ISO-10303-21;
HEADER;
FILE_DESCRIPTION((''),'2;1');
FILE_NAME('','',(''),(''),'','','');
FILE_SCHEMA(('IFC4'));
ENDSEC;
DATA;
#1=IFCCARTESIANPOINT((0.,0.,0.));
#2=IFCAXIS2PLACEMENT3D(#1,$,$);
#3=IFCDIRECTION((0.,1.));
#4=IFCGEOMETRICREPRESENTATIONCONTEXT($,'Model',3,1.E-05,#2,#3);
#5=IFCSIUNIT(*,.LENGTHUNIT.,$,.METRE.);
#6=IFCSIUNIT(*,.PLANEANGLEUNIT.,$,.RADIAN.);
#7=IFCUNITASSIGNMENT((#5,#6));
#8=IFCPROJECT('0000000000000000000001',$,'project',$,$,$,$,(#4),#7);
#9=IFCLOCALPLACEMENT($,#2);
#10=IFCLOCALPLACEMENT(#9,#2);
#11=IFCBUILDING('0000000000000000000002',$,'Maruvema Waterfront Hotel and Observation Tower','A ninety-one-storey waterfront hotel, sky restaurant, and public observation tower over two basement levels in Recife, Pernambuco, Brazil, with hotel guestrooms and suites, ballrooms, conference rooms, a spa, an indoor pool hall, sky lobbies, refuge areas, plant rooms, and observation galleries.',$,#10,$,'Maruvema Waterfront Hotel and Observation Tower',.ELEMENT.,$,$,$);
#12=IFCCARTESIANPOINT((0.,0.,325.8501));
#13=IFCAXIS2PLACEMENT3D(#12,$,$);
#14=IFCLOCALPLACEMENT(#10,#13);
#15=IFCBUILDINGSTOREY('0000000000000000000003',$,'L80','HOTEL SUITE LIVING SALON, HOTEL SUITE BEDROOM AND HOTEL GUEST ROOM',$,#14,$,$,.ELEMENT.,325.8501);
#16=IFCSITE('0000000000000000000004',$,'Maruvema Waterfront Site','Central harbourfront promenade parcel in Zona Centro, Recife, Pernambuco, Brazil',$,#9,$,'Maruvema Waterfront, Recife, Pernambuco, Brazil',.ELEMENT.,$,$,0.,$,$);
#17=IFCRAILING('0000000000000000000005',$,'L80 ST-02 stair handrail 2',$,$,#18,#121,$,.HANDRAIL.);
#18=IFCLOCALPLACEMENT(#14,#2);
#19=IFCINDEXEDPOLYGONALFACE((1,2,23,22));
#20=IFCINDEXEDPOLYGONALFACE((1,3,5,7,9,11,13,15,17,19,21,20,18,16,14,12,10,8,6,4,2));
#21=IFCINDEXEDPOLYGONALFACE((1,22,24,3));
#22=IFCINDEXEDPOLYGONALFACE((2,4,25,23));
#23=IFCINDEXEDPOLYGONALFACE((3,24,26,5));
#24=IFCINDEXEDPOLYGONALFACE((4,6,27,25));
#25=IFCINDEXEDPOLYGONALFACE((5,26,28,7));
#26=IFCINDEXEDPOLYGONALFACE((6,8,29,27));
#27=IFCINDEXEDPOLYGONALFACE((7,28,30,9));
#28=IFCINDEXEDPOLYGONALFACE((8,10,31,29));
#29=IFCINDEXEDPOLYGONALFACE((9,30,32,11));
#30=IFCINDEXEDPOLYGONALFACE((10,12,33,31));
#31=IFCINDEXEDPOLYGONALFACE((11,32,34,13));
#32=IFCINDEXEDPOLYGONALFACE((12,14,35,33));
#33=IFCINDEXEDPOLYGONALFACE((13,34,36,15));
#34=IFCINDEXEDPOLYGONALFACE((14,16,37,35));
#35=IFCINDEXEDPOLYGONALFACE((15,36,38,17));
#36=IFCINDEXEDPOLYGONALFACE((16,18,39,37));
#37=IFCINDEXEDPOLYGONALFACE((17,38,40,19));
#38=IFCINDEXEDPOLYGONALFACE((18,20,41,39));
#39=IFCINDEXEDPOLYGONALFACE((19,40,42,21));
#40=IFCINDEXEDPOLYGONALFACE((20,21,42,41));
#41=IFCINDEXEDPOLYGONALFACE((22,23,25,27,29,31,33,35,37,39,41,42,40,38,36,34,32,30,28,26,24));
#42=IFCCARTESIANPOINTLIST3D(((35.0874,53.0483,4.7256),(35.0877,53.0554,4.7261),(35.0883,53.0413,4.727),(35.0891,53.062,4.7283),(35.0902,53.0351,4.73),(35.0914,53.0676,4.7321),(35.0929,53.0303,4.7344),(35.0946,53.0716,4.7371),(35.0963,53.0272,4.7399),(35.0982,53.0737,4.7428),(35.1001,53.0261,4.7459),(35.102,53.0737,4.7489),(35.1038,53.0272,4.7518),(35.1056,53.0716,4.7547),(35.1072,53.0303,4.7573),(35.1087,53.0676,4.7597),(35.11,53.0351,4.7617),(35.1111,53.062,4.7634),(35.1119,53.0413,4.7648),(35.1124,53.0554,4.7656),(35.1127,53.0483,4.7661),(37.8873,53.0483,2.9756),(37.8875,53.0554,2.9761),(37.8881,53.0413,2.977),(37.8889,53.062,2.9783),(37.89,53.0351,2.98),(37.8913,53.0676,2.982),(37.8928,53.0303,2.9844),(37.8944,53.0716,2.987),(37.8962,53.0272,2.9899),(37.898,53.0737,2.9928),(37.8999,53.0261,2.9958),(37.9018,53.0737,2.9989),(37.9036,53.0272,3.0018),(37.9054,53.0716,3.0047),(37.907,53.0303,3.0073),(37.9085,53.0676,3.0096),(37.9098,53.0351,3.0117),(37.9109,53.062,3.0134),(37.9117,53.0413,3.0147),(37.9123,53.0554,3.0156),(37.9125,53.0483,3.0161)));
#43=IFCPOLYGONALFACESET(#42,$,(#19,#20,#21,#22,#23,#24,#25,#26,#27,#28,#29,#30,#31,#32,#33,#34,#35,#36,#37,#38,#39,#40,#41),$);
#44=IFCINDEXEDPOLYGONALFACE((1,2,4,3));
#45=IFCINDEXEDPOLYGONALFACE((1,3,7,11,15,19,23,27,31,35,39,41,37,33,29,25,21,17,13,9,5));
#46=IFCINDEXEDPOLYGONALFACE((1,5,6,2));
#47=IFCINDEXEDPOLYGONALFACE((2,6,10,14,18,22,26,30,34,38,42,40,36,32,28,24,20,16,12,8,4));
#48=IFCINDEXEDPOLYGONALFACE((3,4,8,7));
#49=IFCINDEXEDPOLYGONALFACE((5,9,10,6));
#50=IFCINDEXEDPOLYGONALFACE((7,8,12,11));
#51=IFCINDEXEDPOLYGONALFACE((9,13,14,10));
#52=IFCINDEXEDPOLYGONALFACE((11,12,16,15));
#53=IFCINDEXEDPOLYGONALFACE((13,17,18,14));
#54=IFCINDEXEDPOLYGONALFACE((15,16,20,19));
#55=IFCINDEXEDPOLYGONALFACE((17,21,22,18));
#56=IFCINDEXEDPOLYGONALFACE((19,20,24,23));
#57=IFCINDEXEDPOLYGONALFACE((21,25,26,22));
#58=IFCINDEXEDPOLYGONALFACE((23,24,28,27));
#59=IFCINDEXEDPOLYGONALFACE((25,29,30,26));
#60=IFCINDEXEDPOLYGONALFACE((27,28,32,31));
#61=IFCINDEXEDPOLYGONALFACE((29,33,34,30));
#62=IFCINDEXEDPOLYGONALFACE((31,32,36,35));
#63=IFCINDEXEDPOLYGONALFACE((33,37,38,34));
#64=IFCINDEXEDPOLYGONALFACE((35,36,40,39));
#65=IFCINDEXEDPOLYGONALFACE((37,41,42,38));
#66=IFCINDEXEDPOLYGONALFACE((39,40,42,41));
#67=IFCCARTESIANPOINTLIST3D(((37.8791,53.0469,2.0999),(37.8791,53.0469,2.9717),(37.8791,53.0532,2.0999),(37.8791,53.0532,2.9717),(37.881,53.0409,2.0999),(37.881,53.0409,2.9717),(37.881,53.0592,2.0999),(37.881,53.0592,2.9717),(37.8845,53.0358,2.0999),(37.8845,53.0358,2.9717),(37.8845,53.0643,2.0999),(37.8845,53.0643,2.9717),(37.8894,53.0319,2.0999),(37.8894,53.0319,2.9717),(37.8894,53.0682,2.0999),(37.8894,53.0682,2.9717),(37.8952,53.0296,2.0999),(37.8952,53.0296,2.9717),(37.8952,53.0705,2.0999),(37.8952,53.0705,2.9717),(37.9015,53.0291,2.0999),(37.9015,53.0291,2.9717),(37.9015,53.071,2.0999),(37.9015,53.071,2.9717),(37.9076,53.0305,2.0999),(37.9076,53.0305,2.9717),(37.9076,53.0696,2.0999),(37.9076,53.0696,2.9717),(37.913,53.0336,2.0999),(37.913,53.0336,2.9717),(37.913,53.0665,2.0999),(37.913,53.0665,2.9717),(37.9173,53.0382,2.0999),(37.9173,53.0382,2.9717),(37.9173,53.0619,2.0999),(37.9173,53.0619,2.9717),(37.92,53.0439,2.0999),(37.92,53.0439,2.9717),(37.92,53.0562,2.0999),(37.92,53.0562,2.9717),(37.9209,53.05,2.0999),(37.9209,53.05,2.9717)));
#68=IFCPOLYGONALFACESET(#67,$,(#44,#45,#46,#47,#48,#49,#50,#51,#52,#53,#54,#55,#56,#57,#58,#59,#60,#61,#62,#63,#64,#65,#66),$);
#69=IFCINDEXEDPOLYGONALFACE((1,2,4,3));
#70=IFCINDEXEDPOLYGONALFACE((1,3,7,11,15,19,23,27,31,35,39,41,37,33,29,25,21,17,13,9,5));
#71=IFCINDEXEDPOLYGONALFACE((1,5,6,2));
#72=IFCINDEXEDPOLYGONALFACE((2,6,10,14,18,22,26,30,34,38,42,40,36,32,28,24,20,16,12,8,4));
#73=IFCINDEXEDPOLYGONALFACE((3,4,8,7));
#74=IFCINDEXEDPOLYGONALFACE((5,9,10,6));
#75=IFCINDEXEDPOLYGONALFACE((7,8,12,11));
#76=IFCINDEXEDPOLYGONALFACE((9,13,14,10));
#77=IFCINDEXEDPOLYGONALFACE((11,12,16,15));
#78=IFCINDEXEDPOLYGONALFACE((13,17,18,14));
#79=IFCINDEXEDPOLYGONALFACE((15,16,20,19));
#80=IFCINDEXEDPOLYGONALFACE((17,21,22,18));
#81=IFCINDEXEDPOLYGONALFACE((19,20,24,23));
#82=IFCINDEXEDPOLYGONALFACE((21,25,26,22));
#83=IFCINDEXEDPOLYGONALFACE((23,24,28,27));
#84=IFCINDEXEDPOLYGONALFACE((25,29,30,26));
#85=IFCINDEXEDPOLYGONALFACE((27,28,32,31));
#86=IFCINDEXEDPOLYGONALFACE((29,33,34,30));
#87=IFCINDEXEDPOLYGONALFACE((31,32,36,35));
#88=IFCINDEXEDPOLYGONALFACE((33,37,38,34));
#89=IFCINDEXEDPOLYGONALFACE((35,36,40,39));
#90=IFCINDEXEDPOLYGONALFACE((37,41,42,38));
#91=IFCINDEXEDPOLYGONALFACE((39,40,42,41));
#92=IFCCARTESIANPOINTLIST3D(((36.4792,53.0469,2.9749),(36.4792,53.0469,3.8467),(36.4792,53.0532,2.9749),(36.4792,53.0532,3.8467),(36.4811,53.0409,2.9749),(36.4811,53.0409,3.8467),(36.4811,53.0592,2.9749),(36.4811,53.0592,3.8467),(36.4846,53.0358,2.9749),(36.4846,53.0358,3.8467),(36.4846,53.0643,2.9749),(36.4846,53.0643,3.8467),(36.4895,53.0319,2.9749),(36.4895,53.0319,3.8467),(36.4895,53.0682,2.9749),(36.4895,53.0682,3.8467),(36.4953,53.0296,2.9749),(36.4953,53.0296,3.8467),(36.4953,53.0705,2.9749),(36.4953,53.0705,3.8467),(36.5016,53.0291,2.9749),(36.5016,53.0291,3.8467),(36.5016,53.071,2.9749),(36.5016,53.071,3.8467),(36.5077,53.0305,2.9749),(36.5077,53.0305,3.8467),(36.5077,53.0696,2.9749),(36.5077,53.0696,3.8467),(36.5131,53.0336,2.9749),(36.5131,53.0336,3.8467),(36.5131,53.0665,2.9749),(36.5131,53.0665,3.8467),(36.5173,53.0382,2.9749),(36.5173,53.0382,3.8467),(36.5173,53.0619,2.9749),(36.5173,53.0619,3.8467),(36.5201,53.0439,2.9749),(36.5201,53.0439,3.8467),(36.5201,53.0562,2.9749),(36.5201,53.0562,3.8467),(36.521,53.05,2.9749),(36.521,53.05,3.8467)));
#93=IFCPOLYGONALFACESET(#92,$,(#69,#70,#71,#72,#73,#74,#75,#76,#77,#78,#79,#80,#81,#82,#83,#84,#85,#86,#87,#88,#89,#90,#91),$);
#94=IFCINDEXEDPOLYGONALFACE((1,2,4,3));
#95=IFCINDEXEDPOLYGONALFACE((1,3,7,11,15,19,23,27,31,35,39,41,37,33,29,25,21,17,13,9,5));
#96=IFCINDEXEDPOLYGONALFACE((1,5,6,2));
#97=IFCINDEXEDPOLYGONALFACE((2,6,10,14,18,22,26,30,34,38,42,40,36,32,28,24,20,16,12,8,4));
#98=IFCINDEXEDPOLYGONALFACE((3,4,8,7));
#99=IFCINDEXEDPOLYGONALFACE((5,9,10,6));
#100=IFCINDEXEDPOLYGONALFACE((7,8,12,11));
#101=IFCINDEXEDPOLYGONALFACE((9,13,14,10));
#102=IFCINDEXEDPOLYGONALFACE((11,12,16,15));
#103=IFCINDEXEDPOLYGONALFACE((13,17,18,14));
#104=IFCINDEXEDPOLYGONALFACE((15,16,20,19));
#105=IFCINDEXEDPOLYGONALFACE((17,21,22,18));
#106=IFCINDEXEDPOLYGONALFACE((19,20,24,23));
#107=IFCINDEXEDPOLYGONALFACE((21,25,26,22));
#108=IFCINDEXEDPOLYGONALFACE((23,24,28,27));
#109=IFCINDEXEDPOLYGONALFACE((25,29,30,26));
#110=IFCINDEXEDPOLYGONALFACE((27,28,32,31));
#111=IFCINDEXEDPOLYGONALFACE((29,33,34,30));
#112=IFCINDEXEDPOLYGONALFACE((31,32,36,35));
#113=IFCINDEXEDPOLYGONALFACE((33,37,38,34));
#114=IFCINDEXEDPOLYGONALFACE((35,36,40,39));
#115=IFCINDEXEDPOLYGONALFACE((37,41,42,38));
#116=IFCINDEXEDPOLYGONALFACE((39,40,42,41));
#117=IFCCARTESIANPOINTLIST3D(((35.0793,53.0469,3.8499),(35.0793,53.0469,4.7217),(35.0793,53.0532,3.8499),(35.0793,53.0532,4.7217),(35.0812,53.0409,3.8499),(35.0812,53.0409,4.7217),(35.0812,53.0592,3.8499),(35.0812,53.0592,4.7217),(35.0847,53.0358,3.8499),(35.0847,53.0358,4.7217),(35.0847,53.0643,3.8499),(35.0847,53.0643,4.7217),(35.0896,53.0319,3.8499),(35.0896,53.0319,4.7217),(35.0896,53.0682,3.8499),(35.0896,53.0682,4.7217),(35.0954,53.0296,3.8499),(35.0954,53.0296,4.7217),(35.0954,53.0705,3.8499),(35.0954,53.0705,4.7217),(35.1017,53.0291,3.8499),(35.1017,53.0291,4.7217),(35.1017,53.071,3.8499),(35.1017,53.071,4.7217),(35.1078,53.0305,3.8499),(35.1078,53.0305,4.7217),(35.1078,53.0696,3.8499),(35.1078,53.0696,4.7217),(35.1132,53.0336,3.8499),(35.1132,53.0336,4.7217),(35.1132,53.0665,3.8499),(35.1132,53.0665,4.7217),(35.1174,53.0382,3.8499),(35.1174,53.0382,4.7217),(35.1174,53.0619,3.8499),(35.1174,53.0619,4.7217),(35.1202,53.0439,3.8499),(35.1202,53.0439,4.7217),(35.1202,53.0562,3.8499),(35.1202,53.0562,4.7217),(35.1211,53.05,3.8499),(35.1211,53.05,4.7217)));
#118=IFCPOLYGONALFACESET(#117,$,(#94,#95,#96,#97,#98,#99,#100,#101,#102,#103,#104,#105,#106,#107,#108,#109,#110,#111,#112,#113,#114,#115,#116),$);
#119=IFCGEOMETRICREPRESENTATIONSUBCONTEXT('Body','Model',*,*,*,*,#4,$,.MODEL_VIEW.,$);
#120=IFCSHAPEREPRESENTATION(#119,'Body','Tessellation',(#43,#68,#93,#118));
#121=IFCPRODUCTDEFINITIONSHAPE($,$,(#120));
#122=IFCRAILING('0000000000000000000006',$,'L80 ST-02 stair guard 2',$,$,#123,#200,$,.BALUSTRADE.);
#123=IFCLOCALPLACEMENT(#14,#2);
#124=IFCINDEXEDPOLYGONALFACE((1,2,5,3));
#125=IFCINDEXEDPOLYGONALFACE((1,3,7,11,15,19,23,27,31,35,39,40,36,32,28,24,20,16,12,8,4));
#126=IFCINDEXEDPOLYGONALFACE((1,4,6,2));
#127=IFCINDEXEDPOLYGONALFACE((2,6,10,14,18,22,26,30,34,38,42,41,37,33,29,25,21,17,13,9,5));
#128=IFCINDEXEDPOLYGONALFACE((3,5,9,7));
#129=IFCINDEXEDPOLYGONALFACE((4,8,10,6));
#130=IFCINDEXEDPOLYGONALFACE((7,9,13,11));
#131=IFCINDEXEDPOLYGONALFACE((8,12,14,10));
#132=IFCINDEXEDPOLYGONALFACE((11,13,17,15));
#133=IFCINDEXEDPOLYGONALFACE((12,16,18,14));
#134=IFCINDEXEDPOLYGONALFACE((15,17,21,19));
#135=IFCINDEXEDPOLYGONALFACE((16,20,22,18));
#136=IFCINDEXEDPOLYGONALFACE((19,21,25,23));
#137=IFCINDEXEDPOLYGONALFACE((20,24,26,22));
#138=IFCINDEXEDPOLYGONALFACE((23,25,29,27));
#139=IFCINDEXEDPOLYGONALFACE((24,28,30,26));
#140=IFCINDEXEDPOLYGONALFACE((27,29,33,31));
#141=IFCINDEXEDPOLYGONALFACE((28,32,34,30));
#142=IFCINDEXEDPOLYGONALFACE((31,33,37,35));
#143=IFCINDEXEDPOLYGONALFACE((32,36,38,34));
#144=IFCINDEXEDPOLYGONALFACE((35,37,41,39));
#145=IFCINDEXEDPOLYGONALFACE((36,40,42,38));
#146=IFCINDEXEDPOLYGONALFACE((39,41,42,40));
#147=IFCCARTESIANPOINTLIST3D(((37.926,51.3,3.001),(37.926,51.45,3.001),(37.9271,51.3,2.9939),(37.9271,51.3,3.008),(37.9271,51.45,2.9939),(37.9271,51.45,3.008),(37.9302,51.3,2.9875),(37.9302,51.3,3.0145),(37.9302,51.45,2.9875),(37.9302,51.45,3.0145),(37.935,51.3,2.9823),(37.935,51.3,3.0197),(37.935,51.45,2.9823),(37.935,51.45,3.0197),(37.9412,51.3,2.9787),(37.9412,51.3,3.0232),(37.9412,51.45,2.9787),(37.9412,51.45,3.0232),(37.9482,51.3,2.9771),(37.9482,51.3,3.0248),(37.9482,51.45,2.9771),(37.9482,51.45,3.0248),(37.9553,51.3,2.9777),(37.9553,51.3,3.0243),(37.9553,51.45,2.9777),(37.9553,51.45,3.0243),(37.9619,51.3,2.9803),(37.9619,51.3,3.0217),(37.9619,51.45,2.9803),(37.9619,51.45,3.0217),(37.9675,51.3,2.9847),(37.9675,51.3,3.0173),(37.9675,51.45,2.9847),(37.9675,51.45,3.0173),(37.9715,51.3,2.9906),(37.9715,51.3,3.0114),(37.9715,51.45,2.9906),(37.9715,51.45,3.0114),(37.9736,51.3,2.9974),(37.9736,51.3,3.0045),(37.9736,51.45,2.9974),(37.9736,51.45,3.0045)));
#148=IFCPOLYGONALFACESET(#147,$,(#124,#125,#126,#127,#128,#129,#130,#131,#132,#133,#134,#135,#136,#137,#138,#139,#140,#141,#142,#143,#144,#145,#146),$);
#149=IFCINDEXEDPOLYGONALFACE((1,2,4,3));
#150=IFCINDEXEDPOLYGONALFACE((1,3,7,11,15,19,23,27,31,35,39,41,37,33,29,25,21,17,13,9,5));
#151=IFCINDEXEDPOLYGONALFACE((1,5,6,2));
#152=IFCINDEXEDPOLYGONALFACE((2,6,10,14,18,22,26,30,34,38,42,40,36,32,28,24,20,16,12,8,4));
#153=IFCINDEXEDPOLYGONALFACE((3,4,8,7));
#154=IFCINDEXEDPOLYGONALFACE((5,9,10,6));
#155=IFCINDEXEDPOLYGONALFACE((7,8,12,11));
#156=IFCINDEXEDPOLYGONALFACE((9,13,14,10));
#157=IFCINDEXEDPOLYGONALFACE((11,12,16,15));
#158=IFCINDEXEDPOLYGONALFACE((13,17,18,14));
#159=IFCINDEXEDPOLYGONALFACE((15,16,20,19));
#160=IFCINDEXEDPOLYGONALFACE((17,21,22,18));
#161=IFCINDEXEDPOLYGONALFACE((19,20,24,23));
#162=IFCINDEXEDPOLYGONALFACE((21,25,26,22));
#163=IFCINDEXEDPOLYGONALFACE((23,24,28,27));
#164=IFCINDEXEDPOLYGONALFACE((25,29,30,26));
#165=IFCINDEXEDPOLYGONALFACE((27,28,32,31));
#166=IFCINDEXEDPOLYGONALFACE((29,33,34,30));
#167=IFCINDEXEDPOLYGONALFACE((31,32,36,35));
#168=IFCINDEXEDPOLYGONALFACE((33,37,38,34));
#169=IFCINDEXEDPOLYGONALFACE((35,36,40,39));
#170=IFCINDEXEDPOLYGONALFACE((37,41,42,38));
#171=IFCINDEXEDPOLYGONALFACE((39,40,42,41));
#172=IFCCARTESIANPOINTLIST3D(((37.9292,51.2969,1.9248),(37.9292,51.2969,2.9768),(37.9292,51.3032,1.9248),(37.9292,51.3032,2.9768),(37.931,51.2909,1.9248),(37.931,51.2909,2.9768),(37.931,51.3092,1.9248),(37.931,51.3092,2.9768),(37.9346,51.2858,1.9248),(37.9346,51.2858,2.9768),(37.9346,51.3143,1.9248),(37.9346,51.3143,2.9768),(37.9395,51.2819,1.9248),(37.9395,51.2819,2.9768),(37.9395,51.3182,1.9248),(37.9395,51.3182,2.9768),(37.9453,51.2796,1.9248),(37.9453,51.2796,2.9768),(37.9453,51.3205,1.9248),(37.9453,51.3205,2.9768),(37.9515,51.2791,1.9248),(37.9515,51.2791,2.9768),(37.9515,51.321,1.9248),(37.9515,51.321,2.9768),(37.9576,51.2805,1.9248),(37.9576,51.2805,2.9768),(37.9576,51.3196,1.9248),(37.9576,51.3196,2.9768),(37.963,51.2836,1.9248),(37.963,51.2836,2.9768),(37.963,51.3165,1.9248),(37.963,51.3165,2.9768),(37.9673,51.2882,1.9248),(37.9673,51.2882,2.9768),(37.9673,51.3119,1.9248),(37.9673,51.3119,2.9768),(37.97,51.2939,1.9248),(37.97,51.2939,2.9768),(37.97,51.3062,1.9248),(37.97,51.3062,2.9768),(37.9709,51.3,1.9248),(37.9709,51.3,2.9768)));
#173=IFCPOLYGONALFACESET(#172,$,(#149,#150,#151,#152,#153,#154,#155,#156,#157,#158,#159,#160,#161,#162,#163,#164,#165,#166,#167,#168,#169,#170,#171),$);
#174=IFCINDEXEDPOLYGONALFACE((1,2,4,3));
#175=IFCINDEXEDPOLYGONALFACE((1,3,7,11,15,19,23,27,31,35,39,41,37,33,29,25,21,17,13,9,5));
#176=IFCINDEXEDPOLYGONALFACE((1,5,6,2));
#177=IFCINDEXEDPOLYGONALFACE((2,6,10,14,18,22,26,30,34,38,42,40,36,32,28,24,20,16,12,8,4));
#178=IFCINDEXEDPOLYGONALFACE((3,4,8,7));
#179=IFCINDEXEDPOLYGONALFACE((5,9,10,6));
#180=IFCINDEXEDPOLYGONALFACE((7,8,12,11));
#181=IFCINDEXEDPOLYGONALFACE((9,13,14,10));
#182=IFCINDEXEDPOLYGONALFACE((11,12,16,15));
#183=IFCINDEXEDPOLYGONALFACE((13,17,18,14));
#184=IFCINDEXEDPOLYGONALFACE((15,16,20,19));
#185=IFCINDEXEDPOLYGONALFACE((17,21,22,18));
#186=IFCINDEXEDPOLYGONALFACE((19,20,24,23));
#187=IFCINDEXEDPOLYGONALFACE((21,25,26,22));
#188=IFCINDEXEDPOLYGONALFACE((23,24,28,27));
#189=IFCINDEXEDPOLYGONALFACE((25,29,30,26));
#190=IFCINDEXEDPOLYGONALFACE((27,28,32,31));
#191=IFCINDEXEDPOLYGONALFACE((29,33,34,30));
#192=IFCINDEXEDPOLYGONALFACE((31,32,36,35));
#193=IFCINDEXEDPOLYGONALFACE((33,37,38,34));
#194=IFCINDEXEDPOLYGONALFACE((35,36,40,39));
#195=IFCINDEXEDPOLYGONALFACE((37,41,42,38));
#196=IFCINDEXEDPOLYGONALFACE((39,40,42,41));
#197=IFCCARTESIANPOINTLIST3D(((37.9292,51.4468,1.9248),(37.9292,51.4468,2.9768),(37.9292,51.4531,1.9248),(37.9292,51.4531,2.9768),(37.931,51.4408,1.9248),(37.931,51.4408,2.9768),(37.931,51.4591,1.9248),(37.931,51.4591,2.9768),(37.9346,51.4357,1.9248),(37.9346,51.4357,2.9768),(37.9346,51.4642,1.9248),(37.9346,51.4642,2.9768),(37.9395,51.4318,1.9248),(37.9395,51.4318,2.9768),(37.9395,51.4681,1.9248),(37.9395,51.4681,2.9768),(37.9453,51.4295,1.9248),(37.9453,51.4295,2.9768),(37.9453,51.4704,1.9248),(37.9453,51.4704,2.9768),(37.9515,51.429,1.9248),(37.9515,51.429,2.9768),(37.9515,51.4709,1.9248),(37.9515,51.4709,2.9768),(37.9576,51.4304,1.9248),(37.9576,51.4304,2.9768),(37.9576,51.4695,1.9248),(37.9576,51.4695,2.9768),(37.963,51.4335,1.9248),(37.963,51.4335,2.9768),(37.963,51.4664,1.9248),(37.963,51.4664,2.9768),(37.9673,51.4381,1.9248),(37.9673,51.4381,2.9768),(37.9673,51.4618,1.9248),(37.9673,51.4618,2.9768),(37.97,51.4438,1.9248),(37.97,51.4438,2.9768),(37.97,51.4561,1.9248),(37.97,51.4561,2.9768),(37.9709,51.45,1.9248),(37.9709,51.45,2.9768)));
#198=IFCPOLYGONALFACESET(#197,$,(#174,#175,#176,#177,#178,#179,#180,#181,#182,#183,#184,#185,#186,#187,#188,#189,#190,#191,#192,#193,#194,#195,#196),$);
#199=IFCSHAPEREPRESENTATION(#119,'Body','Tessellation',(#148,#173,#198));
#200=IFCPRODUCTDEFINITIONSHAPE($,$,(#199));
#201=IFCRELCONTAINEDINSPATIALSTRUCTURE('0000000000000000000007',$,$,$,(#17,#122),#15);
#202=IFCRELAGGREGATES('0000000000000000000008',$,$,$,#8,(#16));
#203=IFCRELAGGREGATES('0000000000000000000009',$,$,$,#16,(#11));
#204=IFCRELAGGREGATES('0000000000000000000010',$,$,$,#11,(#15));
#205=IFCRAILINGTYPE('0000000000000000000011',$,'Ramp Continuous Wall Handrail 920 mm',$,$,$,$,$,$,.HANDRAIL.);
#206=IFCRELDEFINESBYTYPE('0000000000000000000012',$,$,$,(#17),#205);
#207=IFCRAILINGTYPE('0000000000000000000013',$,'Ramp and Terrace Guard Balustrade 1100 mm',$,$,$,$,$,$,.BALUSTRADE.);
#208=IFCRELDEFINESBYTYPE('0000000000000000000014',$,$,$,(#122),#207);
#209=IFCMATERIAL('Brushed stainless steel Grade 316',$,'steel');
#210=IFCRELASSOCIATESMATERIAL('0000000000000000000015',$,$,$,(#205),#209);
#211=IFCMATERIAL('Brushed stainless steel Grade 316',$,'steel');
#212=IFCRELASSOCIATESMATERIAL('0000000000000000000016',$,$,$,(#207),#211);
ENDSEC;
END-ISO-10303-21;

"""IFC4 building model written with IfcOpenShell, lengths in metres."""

from ifc_helpers import new_model, si_unit, direction, frame, origin, origin_2d, place, context, subcontext, project, spatial, circle, extrude, material, type_object, element, save


model = new_model("IFC4")

# Units and contexts
model_context = context("Model", 3, precision=1e-05, world=origin(), true_north=direction((0.0, 1.0)))
body_context = subcontext(model_context, "Body", "Model", "MODEL_VIEW")
ifc_project = project(units=[si_unit("LENGTHUNIT", "METRE"), si_unit("PLANEANGLEUNIT", "RADIAN")], contexts=[model_context])

# Site, building, storey
site_placement = place(None, origin())
site = spatial("IfcSite", under=ifc_project, at=site_placement, Name="Maruvema Waterfront Site", Description="Central harbourfront promenade parcel in Zona Centro, Recife, Pernambuco, Brazil", LongName="Maruvema Waterfront, Recife, Pernambuco, Brazil", CompositionType="ELEMENT", RefElevation=0.0)
building_placement = place(site_placement, origin())
building = spatial("IfcBuilding", under=site, at=building_placement, Name="Maruvema Waterfront Hotel and Observation Tower", Description="A ninety-one-storey waterfront hotel, sky restaurant, and public observation tower over two basement levels in Recife, Pernambuco, Brazil, with hotel guestrooms and suites, ballrooms, conference rooms, a spa, an indoor pool hall, sky lobbies, refuge areas, plant rooms, and observation galleries.", LongName="Maruvema Waterfront Hotel and Observation Tower", CompositionType="ELEMENT")
storey_placement = place(building_placement, frame((0.0, 0.0, 325.8501)))
storey = spatial("IfcBuildingStorey", under=building, at=storey_placement, Name="L80", Description="HOTEL SUITE LIVING SALON, HOTEL SUITE BEDROOM AND HOTEL GUEST ROOM", CompositionType="ELEMENT", Elevation=325.8501)

# Railings
ifc_material_1 = material(Name="Brushed stainless steel Grade 316", Category="steel")
railing_type_1 = type_object("IfcRailingType", Name="Ramp Continuous Wall Handrail 920 mm", PredefinedType="HANDRAIL", material=ifc_material_1)
railing_1_placement = place(storey_placement, frame((37.8999, 53.05, 2.0999)))
element("IfcRailing", 1, at=railing_1_placement, inside=storey, type_object=railing_type_1, Name="L80 ST-02 stair handrail 2", PredefinedType="HANDRAIL", context=body_context, shape_type="SweptSolid", body=[
    extrude(circle(Radius=0.0239, at=origin_2d()), frame((0.0, 0.0, 0.896), z_axis=(-0.847982, 0.0, 0.530026), x_axis=(0.0, -1.0, 0.0)), (0.0, 0.0, 1.0), 3.3018),
    extrude(circle(Radius=0.021, at=origin_2d()), origin(), (0.0, 0.0, 1.0), 0.8718),
    extrude(circle(Radius=0.021, at=origin_2d()), frame((-1.3999, 0.0, 0.875)), (0.0, 0.0, 1.0), 0.8718),
    extrude(circle(Radius=0.021, at=origin_2d()), frame((-2.7998, 0.0, 1.75)), (0.0, 0.0, 1.0), 0.8718),
])
ifc_material_2 = material(Name="Brushed stainless steel Grade 316", Category="steel")
railing_type_2 = type_object("IfcRailingType", Name="Ramp and Terrace Guard Balustrade 1100 mm", PredefinedType="BALUSTRADE", material=ifc_material_2)
railing_2_placement = place(storey_placement, frame((37.95, 51.3, 1.9248)))
element("IfcRailing", 2, at=railing_2_placement, inside=storey, type_object=railing_type_2, Name="L80 ST-02 stair guard 2", PredefinedType="BALUSTRADE", context=body_context, shape_type="SweptSolid", body=[
    extrude(circle(Radius=0.0239, at=origin_2d()), frame((0.0, 0.0, 1.0762), z_axis=(0.0, 1.0, 0.0), x_axis=(-1.0, 0.0, 0.0)), (0.0, 0.0, 1.0), 0.1499),
    extrude(circle(Radius=0.021, at=origin_2d()), origin(), (0.0, 0.0, 1.0), 1.052),
    extrude(circle(Radius=0.021, at=origin_2d()), frame((0.0, 0.1499, 0.0)), (0.0, 0.0, 1.0), 1.052),
])

save(model, "model.ifc")
